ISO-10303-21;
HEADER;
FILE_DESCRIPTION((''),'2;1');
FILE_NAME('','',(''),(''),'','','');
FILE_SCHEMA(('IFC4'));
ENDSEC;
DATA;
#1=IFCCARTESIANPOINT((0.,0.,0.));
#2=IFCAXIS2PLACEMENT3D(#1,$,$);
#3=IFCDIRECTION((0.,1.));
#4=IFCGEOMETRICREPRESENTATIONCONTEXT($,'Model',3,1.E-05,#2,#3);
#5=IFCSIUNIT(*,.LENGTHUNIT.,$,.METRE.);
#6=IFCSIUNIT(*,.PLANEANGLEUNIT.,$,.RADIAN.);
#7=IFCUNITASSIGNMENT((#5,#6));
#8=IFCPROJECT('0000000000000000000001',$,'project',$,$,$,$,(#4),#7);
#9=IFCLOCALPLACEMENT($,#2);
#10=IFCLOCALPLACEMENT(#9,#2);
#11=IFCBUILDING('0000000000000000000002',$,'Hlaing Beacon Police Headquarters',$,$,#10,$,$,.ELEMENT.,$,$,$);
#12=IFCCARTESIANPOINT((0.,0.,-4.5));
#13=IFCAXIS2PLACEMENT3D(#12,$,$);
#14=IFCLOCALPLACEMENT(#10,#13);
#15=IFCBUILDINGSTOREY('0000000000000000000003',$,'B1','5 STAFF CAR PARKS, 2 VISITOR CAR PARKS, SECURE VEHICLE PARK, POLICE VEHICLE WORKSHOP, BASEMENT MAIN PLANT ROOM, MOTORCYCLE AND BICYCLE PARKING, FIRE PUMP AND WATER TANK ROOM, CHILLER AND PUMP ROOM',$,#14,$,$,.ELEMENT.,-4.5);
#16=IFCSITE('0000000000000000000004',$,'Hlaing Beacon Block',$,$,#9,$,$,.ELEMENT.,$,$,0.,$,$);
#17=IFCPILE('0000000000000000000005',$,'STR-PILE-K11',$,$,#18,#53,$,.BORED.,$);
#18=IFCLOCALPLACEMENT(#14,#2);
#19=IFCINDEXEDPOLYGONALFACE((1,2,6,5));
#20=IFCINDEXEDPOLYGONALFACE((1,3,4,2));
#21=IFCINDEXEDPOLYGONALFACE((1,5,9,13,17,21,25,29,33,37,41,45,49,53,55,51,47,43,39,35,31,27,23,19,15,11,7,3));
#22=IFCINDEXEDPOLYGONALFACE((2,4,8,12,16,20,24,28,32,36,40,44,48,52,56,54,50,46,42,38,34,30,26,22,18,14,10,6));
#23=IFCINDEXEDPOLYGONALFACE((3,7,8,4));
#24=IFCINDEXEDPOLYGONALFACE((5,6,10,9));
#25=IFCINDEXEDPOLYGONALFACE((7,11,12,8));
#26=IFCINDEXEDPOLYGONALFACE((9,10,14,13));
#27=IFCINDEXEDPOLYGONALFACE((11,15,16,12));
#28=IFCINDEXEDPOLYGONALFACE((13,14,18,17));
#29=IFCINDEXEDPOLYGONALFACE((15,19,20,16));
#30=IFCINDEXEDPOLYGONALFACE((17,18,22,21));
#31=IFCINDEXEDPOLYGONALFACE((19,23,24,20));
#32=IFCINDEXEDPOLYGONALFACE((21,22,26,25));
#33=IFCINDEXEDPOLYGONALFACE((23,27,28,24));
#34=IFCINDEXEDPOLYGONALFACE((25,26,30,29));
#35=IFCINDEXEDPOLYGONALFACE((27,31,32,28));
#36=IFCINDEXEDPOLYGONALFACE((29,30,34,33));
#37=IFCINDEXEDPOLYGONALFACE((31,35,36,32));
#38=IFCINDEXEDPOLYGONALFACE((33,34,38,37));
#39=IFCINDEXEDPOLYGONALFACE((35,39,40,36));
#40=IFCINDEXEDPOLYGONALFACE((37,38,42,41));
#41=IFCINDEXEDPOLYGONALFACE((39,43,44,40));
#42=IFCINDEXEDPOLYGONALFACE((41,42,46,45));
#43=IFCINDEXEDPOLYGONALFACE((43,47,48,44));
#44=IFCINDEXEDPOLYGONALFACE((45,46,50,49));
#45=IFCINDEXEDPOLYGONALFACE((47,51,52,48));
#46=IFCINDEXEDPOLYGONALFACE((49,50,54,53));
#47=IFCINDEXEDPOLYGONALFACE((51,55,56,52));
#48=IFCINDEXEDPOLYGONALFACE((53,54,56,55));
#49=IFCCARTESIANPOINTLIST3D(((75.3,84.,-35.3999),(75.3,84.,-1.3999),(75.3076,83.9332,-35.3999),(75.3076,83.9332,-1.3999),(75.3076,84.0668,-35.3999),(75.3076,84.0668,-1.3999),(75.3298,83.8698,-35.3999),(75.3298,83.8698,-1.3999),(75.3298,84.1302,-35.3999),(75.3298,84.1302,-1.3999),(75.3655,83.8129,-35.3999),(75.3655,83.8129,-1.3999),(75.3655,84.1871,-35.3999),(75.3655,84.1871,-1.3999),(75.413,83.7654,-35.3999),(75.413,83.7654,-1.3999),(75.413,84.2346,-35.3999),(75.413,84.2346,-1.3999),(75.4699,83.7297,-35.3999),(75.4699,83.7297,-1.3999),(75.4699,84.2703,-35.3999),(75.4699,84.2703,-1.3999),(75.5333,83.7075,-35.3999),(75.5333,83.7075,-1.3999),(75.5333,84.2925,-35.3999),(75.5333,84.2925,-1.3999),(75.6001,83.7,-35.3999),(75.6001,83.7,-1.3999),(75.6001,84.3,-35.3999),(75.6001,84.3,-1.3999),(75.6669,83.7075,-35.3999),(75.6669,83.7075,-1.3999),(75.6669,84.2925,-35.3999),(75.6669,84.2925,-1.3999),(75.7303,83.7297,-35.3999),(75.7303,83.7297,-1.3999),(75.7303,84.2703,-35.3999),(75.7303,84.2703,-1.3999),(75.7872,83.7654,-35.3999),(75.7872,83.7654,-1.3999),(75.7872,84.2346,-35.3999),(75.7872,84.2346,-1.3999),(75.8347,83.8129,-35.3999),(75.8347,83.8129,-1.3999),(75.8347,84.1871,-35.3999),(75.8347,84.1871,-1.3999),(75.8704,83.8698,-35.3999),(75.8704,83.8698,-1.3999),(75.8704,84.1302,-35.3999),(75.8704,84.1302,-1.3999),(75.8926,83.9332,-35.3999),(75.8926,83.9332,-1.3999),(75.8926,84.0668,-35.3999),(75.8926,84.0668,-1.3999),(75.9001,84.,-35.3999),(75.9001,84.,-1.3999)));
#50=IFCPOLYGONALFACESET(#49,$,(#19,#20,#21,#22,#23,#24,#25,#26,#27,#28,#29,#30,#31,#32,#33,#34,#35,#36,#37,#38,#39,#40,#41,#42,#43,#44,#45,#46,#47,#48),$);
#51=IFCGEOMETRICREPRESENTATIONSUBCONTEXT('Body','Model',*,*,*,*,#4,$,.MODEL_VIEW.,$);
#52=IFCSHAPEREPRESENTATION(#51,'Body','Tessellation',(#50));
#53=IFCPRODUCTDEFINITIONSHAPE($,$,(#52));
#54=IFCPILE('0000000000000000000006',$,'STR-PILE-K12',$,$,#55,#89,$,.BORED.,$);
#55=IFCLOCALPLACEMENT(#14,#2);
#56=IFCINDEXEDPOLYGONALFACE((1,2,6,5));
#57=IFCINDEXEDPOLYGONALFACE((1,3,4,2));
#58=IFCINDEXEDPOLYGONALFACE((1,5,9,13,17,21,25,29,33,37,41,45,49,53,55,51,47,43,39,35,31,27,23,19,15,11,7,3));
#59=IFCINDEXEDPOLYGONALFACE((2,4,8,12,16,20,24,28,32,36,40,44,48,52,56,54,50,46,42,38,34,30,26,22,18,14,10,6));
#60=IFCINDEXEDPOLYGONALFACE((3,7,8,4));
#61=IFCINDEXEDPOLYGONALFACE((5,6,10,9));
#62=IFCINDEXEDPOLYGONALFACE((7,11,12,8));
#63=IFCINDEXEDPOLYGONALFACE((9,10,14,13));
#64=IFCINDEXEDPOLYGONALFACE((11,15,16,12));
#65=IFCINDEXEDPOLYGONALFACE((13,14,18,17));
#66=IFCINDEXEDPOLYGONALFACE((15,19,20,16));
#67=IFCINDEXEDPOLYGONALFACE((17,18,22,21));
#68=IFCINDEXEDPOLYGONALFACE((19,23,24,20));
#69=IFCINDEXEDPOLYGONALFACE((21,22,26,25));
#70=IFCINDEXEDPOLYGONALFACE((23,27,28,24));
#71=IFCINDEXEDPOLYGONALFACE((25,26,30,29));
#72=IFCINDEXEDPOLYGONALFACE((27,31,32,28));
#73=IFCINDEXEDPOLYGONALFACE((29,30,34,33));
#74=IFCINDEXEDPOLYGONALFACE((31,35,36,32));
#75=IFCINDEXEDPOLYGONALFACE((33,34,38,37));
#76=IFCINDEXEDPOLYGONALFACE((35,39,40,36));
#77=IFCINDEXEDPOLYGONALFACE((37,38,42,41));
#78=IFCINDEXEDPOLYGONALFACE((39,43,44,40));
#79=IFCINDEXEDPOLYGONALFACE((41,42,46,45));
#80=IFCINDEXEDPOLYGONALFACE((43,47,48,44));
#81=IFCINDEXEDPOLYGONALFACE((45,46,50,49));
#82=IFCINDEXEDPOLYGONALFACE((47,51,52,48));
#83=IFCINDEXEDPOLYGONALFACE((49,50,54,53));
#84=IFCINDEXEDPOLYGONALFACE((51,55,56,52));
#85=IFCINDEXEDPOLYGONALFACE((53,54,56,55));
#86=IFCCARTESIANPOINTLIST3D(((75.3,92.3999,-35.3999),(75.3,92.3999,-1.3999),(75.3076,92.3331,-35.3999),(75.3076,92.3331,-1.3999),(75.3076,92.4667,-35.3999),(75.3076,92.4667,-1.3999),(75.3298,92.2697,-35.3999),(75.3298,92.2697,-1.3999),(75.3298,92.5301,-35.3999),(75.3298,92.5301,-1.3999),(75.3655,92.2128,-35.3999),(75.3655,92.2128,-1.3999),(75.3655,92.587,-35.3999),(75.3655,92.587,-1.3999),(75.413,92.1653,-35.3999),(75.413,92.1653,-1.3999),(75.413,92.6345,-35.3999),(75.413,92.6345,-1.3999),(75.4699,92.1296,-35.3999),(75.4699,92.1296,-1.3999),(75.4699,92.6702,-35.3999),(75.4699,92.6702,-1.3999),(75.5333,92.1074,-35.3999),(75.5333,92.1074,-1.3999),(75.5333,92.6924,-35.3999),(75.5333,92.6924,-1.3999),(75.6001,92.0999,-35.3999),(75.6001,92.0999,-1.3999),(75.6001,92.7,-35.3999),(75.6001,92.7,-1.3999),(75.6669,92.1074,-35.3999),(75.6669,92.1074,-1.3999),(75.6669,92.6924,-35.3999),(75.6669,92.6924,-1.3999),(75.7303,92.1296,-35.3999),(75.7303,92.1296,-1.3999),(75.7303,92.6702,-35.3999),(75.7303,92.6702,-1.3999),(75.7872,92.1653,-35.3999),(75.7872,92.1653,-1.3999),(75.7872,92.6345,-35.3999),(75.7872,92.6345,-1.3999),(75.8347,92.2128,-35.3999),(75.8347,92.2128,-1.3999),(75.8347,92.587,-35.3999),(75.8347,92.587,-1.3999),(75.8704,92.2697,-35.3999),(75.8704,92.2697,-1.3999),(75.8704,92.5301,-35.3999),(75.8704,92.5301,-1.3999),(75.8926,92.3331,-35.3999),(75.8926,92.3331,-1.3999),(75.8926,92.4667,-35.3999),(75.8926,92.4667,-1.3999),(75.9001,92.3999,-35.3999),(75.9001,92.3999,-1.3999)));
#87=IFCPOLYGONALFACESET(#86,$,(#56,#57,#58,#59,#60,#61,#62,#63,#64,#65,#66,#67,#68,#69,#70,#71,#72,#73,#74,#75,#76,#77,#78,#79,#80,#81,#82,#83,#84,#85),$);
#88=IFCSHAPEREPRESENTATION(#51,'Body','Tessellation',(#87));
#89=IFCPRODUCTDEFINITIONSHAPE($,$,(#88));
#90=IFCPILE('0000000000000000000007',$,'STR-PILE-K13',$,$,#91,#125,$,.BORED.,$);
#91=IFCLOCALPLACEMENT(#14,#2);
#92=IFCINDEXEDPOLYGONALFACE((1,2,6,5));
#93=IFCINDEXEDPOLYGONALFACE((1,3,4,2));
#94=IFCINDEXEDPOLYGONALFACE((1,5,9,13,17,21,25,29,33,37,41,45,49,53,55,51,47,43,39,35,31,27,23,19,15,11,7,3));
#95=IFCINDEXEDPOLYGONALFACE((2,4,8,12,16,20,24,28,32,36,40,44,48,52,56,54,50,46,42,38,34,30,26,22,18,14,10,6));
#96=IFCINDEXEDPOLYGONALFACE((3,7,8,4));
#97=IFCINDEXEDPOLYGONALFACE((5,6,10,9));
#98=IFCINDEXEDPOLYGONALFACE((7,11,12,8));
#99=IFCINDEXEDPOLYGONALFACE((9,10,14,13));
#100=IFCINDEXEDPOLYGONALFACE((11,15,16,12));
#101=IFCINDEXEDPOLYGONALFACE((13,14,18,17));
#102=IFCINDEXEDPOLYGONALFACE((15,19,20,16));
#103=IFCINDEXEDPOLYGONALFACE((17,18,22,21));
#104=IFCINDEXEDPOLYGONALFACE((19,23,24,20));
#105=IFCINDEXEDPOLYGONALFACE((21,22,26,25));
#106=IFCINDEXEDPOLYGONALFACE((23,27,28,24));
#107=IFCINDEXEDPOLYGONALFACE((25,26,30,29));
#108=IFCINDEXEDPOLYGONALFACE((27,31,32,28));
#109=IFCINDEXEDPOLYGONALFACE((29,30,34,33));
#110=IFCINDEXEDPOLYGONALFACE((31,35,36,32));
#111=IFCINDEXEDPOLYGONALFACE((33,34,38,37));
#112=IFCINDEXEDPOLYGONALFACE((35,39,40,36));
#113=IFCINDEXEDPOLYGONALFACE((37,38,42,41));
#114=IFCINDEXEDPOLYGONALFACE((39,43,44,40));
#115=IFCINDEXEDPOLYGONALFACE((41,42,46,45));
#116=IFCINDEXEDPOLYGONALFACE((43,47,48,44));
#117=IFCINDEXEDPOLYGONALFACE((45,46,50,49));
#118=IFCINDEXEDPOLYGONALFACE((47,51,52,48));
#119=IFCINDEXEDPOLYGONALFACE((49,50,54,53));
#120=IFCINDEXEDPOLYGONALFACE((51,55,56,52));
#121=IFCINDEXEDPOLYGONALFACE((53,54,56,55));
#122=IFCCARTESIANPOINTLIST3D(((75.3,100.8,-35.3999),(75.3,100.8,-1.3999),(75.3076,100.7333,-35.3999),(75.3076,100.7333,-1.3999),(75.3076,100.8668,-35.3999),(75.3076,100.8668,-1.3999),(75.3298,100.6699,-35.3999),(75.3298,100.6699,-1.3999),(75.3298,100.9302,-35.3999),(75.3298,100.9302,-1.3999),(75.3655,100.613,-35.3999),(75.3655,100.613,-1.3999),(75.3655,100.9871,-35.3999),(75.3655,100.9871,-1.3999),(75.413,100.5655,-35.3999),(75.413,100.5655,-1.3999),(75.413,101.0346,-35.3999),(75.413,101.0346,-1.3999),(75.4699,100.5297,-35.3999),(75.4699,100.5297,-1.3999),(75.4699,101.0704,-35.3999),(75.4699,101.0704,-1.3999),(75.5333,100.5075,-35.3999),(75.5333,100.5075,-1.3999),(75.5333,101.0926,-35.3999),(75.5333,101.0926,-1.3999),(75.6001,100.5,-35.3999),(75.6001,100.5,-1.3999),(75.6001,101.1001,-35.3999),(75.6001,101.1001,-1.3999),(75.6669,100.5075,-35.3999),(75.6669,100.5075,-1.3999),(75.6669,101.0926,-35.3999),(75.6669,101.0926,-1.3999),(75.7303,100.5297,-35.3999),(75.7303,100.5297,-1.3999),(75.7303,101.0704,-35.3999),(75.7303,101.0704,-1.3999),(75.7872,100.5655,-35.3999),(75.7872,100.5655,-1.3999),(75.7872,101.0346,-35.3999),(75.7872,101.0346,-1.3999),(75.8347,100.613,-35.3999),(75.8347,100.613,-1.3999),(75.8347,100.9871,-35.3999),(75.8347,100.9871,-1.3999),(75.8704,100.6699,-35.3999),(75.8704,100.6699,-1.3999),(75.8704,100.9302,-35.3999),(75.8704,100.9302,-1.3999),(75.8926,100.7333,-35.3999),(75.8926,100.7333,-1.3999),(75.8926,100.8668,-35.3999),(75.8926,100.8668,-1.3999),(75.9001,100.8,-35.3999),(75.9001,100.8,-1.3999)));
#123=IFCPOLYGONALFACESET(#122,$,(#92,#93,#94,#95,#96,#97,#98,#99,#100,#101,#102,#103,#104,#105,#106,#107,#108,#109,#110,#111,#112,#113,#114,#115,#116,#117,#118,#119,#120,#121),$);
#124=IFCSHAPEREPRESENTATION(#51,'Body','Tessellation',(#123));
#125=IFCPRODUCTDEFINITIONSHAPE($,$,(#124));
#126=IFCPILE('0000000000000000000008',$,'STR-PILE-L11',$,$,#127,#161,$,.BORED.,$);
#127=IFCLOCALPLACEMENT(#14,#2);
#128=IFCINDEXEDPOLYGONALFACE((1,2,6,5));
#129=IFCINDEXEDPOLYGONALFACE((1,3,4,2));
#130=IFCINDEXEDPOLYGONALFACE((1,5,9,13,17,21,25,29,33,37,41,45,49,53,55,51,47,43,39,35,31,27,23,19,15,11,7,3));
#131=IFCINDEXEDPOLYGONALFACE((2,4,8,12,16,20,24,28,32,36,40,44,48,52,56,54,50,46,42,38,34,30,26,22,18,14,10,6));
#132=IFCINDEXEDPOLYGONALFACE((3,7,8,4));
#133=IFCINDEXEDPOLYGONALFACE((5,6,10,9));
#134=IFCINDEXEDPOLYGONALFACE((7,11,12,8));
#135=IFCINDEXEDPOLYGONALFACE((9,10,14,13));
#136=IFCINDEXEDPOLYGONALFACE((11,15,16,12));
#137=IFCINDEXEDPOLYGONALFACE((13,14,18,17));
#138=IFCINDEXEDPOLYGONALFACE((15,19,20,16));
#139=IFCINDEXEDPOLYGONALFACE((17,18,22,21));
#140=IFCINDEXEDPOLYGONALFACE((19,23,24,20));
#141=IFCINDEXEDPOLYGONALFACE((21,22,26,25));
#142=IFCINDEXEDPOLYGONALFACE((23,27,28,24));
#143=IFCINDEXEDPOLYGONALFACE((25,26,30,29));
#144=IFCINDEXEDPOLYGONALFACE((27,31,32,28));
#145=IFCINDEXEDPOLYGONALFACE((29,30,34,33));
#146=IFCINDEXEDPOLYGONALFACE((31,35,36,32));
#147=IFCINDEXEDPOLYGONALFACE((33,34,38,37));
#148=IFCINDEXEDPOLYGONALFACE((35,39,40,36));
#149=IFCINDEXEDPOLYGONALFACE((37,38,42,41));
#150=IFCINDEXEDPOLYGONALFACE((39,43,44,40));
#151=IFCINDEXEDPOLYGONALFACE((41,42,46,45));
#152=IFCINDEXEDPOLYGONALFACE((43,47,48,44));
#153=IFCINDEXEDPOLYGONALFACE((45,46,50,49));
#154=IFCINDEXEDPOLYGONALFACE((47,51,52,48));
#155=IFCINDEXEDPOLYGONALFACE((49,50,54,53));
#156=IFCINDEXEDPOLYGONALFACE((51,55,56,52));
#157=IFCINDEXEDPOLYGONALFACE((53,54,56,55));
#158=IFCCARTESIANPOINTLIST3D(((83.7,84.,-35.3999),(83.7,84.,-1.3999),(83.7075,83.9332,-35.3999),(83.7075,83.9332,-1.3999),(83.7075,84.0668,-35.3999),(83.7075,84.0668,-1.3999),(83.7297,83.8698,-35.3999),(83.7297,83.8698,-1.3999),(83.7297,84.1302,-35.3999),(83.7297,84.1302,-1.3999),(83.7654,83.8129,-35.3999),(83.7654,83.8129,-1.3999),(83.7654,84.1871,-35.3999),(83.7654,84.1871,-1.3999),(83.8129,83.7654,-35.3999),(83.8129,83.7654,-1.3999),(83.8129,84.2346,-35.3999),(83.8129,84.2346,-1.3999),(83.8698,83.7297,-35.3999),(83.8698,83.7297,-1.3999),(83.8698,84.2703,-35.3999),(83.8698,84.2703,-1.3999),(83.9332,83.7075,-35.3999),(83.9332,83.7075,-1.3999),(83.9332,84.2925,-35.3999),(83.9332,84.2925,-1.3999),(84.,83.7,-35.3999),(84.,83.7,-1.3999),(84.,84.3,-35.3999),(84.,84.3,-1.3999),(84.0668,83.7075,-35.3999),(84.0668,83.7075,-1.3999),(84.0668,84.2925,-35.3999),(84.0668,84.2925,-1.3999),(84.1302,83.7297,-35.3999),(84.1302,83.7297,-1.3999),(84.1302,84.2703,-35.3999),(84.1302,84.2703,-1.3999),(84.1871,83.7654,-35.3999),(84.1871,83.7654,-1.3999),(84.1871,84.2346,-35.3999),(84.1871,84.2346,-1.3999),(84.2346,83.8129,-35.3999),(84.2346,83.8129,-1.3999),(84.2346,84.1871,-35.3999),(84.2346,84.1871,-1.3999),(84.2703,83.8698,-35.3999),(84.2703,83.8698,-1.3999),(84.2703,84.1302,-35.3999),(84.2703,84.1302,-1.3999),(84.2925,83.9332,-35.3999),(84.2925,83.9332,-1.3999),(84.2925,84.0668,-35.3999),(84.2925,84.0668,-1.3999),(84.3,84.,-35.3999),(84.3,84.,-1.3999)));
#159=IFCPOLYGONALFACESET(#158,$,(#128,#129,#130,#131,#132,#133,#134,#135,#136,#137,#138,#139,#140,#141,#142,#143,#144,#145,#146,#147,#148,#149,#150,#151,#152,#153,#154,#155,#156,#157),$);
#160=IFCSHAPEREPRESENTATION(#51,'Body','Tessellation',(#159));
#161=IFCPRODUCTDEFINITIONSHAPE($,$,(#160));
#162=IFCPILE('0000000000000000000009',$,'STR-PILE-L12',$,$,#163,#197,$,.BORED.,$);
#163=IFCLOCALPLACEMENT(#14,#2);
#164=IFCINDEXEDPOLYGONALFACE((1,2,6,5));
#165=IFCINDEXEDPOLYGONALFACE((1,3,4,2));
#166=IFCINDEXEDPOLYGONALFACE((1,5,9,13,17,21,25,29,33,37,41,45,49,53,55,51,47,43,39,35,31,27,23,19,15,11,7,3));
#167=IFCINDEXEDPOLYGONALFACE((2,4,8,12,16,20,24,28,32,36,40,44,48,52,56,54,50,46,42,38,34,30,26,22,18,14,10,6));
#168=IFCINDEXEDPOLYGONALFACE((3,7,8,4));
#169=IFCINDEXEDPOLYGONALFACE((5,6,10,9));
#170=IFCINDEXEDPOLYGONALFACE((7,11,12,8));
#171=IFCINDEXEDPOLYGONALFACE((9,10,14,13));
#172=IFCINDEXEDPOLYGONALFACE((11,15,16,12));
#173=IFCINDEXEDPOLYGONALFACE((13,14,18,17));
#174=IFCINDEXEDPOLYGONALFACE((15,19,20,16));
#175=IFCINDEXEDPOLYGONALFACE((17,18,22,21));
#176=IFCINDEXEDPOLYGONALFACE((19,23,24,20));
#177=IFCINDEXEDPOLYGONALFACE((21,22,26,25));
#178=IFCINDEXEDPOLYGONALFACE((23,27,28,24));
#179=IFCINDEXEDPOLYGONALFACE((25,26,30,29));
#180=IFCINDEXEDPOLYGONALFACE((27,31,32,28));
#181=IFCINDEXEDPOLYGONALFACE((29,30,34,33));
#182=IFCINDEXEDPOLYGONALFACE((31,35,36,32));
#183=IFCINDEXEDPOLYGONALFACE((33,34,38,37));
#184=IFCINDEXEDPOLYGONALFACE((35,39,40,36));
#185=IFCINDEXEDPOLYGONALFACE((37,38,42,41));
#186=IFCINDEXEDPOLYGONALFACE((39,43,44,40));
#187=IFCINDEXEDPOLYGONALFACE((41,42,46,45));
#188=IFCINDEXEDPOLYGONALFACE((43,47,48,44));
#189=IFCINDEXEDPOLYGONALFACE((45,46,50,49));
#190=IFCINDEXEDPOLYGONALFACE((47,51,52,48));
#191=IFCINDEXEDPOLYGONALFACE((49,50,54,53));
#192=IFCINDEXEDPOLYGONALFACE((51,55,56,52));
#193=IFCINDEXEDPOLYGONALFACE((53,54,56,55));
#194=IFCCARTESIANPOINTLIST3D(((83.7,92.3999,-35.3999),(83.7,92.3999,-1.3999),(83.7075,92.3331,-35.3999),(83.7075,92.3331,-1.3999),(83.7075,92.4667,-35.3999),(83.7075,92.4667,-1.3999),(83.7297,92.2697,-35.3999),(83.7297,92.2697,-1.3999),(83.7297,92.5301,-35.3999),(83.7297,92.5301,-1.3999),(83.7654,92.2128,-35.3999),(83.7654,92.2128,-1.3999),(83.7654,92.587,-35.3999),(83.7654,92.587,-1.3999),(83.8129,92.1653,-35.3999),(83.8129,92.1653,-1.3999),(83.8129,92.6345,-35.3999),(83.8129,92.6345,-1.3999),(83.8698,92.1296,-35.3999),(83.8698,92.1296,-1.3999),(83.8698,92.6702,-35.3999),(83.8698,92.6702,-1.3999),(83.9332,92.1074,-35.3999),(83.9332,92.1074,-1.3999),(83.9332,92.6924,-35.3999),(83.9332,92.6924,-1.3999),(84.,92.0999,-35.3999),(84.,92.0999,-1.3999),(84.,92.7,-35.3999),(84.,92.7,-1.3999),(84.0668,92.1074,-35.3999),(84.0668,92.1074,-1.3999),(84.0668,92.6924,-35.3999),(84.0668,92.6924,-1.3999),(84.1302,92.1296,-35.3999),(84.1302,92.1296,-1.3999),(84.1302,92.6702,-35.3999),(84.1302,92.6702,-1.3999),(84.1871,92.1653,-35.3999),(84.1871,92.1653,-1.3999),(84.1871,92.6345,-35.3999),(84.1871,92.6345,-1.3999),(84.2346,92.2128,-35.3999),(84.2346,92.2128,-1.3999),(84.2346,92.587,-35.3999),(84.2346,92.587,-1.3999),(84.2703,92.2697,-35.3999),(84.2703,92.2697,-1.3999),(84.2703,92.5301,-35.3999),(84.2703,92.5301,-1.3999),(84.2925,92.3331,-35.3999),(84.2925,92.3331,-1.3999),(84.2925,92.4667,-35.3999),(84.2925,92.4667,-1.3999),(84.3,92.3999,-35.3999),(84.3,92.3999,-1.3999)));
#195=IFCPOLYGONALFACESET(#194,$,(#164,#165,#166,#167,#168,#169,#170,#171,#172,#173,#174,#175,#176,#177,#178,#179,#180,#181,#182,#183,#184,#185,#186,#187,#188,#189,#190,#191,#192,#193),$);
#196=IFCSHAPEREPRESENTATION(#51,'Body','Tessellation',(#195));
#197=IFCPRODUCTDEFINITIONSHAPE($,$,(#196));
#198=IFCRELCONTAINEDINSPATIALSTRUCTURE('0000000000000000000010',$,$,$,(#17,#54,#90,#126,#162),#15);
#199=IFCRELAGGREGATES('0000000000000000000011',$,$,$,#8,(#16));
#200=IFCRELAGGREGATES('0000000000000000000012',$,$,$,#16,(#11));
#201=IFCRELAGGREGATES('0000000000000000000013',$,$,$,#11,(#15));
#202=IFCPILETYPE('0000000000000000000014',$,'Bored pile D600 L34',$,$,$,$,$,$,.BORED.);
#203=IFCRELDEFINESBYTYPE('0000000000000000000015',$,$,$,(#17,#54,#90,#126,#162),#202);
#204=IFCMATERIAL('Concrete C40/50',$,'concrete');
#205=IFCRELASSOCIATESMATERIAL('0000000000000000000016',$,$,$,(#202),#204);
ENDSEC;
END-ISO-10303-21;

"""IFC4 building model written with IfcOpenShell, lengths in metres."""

from ifc_helpers import new_model, si_unit, direction, frame, origin, origin_2d, place, context, subcontext, project, spatial, circle, extrude, material, material_profile, profile_set, type_object, element, save


model = new_model("IFC4")

# Units and contexts
model_context = context("Model", 3, precision=1e-05, world=origin(), true_north=direction((0.0, 1.0)))
body_context = subcontext(model_context, "Body", "Model", "MODEL_VIEW")
ifc_project = project(units=[si_unit("LENGTHUNIT", "METRE"), si_unit("PLANEANGLEUNIT", "RADIAN")], contexts=[model_context])

# Site, building, storey
site_placement = place(None, origin())
site = spatial("IfcSite", under=ifc_project, at=site_placement, Name="Hlaing Beacon Block", CompositionType="ELEMENT", RefElevation=0.0)
building_placement = place(site_placement, origin())
building = spatial("IfcBuilding", under=site, at=building_placement, Name="Hlaing Beacon Police Headquarters", CompositionType="ELEMENT")
storey_placement = place(building_placement, frame((0.0, 0.0, -4.5)))
storey = spatial("IfcBuildingStorey", under=building, at=storey_placement, Name="B1", Description="5 STAFF CAR PARKS, 2 VISITOR CAR PARKS, SECURE VEHICLE PARK, POLICE VEHICLE WORKSHOP, BASEMENT MAIN PLANT ROOM, MOTORCYCLE AND BICYCLE PARKING, FIRE PUMP AND WATER TANK ROOM, CHILLER AND PUMP ROOM", CompositionType="ELEMENT", Elevation=-4.5)

# Piles
ifc_material_1 = material(Name="Concrete C40/50", Category="concrete")
ifc_material_profile_1 = material_profile(ifc_material_1, circle(Radius=0.3, at=origin_2d()), Name="D600")
ifc_profile_set_1 = profile_set([ifc_material_profile_1], Name="Concrete C40/50")
pile_type_1 = type_object("IfcPileType", Name="Bored pile D600 L34", PredefinedType="BORED", material=ifc_profile_set_1)
for number, where, z_axis, x_axis, name in (
    (1, (75.6001, 84.0, -1.3999), (0.0, 0.0, -1.0), (1.0, 0.0, 0.0), "STR-PILE-K11"),
    (2, (75.6001, 92.3999, -1.3999), (0.0, 0.0, -1.0), (1.0, 0.0, 0.0), "STR-PILE-K12"),
    (3, (75.6001, 100.8, -1.3999), (0.0, 0.0, -1.0), (1.0, 0.0, 0.0), "STR-PILE-K13"),
    (4, (84.0, 84.0, -1.3999), (0.0, 0.0, -1.0), (1.0, 0.0, 0.0), "STR-PILE-L11"),
    (5, (84.0, 92.3999, -1.3999), (0.0, 0.0, -1.0), (1.0, 0.0, 0.0), "STR-PILE-L12"),
):
    element("IfcPile", number, at=place(storey_placement, frame(where, z_axis=z_axis, x_axis=x_axis)), inside=storey, type_object=pile_type_1, Name=name, PredefinedType="BORED", context=body_context, shape_type="SweptSolid", body=[
        extrude(circle(Radius=0.3, at=origin_2d()), origin(), (0.0, 0.0, 1.0), 34.0),
    ])

save(model, "model.ifc")
